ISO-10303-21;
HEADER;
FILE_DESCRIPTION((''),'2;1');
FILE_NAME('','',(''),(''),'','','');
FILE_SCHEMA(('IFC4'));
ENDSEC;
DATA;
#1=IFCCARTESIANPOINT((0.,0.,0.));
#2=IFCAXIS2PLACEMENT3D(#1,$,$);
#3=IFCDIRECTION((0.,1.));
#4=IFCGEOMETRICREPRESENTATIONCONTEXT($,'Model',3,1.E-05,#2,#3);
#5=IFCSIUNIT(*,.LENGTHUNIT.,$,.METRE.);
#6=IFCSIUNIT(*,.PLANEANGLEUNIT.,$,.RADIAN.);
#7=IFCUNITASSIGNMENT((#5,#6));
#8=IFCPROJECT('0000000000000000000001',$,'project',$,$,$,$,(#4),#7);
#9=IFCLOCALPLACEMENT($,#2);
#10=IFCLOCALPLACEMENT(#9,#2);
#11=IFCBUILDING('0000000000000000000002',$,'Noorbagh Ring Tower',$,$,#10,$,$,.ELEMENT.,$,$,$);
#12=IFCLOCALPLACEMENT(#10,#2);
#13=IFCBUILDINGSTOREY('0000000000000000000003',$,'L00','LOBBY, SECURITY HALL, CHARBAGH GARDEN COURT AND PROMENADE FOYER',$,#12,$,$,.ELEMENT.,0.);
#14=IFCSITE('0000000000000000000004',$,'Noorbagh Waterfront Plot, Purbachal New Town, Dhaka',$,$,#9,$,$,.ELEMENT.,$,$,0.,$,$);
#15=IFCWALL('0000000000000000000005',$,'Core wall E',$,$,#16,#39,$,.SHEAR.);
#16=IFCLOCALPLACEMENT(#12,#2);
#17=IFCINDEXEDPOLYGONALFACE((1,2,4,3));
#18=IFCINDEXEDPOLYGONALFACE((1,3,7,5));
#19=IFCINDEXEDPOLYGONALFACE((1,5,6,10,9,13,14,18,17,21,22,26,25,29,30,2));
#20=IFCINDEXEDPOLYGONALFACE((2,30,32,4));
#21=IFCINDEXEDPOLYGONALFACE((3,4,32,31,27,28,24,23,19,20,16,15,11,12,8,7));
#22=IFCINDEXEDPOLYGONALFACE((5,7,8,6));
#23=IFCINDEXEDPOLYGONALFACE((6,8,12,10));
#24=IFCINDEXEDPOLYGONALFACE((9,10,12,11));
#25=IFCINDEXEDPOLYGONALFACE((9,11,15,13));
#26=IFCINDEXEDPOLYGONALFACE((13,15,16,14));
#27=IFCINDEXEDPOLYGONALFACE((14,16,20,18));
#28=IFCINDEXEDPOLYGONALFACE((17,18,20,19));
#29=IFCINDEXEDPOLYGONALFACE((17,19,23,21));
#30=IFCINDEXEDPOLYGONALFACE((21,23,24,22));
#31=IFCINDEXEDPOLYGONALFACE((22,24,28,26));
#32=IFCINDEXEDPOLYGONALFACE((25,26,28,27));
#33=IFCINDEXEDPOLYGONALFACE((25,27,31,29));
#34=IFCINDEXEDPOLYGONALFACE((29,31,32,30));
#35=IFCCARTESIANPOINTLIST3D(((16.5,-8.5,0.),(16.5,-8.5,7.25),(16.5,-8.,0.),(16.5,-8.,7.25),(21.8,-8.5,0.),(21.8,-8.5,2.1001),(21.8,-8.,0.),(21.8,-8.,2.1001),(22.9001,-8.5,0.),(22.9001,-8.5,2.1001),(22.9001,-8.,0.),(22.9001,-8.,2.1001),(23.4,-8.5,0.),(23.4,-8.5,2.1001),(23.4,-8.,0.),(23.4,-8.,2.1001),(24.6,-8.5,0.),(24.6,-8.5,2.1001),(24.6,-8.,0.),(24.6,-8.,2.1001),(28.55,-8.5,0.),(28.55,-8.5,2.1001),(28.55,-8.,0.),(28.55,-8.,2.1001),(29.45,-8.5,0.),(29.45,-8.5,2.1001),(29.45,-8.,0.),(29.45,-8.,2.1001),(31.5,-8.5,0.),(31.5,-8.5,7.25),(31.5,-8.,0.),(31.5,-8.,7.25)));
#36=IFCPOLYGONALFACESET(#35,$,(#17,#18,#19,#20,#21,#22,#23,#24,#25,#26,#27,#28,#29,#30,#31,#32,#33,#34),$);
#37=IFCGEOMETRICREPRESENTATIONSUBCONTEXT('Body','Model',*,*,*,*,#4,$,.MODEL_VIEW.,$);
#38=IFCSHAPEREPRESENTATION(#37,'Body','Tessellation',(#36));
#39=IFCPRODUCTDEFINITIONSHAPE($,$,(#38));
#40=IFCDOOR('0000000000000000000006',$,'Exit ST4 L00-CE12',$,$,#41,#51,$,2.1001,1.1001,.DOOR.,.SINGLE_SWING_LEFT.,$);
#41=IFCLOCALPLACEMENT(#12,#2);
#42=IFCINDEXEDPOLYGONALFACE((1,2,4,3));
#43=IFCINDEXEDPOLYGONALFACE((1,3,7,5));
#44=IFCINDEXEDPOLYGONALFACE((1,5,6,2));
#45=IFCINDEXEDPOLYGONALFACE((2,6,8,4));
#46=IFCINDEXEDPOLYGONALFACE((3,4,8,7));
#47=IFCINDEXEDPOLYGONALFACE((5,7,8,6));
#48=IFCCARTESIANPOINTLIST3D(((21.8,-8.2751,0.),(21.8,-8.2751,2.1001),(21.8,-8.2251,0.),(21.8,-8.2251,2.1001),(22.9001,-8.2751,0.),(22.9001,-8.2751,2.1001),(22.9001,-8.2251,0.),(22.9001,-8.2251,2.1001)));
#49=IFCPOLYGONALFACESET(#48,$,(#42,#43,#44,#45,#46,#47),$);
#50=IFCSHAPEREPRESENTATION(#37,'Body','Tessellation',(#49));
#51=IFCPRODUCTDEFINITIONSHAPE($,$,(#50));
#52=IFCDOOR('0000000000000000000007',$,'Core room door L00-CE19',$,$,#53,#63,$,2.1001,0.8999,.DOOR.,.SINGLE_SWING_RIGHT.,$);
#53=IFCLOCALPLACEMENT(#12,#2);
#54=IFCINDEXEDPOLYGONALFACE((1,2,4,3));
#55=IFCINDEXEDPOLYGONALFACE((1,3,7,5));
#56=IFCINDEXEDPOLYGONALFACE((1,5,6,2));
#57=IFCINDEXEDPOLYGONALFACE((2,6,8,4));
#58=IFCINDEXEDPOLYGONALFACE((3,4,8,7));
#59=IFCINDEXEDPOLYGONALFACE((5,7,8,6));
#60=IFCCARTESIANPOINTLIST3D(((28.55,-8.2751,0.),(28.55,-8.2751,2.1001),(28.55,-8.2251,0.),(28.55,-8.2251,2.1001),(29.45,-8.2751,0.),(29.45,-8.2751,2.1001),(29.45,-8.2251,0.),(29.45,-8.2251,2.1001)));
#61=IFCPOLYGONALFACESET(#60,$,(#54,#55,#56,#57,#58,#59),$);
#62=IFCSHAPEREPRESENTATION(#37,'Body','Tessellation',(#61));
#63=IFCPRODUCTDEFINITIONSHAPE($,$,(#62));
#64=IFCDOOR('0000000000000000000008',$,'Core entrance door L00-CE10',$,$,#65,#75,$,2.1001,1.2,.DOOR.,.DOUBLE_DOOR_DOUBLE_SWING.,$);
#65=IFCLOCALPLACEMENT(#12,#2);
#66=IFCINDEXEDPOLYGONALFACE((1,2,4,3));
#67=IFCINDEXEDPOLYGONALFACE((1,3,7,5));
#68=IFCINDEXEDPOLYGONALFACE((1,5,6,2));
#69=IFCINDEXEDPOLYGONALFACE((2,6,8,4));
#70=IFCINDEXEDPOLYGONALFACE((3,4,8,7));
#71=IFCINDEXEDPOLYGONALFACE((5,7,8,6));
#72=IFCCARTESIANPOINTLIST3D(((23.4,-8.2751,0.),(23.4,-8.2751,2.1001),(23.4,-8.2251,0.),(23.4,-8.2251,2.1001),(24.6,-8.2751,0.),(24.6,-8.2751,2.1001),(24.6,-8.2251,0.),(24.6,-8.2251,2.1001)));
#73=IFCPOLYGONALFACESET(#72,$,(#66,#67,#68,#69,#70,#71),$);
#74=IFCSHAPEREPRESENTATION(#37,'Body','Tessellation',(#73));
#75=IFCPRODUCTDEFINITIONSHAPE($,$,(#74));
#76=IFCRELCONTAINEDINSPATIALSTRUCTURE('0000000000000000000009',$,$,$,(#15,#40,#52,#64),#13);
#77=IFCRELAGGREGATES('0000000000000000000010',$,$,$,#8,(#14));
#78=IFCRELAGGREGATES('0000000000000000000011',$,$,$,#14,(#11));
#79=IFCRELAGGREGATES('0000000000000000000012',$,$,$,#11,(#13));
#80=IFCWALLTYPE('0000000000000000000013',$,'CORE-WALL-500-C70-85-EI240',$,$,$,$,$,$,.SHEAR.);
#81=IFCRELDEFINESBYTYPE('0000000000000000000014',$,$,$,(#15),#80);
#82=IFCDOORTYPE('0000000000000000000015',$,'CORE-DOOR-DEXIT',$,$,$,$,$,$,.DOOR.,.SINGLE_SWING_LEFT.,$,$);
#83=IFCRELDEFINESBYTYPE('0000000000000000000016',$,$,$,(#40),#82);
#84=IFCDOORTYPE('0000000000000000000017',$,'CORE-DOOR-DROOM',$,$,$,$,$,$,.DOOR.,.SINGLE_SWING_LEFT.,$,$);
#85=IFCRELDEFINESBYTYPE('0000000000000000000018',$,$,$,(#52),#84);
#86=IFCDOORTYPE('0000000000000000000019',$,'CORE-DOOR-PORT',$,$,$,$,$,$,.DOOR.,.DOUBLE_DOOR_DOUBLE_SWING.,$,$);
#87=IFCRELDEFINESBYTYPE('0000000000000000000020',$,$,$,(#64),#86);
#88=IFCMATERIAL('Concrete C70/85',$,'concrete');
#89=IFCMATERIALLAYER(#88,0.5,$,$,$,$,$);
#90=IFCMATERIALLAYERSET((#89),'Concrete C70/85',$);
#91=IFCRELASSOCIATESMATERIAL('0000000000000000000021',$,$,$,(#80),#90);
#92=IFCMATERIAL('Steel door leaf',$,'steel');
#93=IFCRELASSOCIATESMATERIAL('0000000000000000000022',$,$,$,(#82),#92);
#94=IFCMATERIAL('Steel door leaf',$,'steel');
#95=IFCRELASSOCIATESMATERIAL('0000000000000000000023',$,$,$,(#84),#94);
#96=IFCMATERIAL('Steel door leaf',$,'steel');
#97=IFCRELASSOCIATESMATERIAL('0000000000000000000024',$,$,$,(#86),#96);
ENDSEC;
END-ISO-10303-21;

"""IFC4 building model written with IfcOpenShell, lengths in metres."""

from ifc_helpers import new_model, si_unit, direction, frame, frame_2d, origin, place, context, subcontext, project, spatial, rectangle, extrude, material, layer, layer_set, type_object, element, fill, save


model = new_model("IFC4")

# Units and contexts
model_context = context("Model", 3, precision=1e-05, world=origin(), true_north=direction((0.0, 1.0)))
body_context = subcontext(model_context, "Body", "Model", "MODEL_VIEW")
ifc_project = project(units=[si_unit("LENGTHUNIT", "METRE"), si_unit("PLANEANGLEUNIT", "RADIAN")], contexts=[model_context])

# Site, building, storey
site_placement = place(None, origin())
site = spatial("IfcSite", under=ifc_project, at=site_placement, Name="Noorbagh Waterfront Plot, Purbachal New Town, Dhaka", CompositionType="ELEMENT", RefElevation=0.0)
building_placement = place(site_placement, origin())
building = spatial("IfcBuilding", under=site, at=building_placement, Name="Noorbagh Ring Tower", CompositionType="ELEMENT")
storey_placement = place(building_placement, origin())
storey = spatial("IfcBuildingStorey", under=building, at=storey_placement, Name="L00", Description="LOBBY, SECURITY HALL, CHARBAGH GARDEN COURT AND PROMENADE FOYER", CompositionType="ELEMENT", Elevation=0.0)

# Wall, openings, doors
ifc_material_1 = material(Name="Concrete C70/85", Category="concrete")
ifc_layer_1 = layer(ifc_material_1, 0.5)
ifc_layer_set_1 = layer_set([ifc_layer_1], Name="Concrete C70/85")
wall_type_1 = type_object("IfcWallType", Name="CORE-WALL-500-C70-85-EI240", PredefinedType="SHEAR", material=ifc_layer_set_1)
wall_1_placement = place(storey_placement, frame((16.5, -8.25, 0.0), z_axis=(0.0, 0.0, 1.0), x_axis=(1.0, 0.0, 0.0)))
wall_1 = element("IfcWall", 1, at=wall_1_placement, inside=storey, type_object=wall_type_1, Name="Core wall E", PredefinedType="SHEAR", context=body_context, shape_type="SweptSolid", body=[
    extrude(rectangle(XDim=15.0, YDim=0.5, at=frame_2d((7.5, 0.0))), origin(), (0.0, 0.0, 1.0), 7.25),
])
opening_1_placement = place(wall_1_placement, frame((6.8999, 0.0, 0.0)))
opening_1 = element("IfcOpeningElement", 2, at=opening_1_placement, cuts=wall_1, PredefinedType="OPENING", context=body_context, shape_type="SweptSolid", body=[
    extrude(rectangle(XDim=1.2, YDim=2.1001, at=frame_2d((0.6001, 1.05))), frame((0.0, 0.26, 0.0), z_axis=(0.0, -1.0, 0.0), x_axis=(1.0, 0.0, 0.0)), (0.0, 0.0, 1.0), 0.52),
])
opening_2_placement = place(wall_1_placement, frame((5.3, 0.0, 0.0)))
opening_2 = element("IfcOpeningElement", 3, at=opening_2_placement, cuts=wall_1, PredefinedType="OPENING", context=body_context, shape_type="SweptSolid", body=[
    extrude(rectangle(XDim=1.1001, YDim=2.1001, at=frame_2d((0.55, 1.05))), frame((0.0, 0.26, 0.0), z_axis=(0.0, -1.0, 0.0), x_axis=(1.0, 0.0, 0.0)), (0.0, 0.0, 1.0), 0.52),
])
opening_3_placement = place(wall_1_placement, frame((12.05, 0.0, 0.0)))
opening_3 = element("IfcOpeningElement", 4, at=opening_3_placement, cuts=wall_1, PredefinedType="OPENING", context=body_context, shape_type="SweptSolid", body=[
    extrude(rectangle(XDim=0.8999, YDim=2.1001, at=frame_2d((0.45, 1.05))), frame((0.0, 0.26, 0.0), z_axis=(0.0, -1.0, 0.0), x_axis=(1.0, 0.0, 0.0)), (0.0, 0.0, 1.0), 0.52),
])
ifc_material_2 = material(Name="Steel door leaf", Category="steel")
door_type_1 = type_object("IfcDoorType", Name="CORE-DOOR-DEXIT", OperationType="SINGLE_SWING_LEFT", PredefinedType="DOOR", material=ifc_material_2)
door_1_placement = place(opening_2_placement, origin())
door_1 = element("IfcDoor", 5, at=door_1_placement, inside=storey, type_object=door_type_1, Name="Exit ST4 L00-CE12", OperationType="SINGLE_SWING_LEFT", OverallHeight=2.1001, OverallWidth=1.1001, PredefinedType="DOOR", context=body_context, shape_type="SweptSolid", body=[
    extrude(rectangle(XDim=1.1001, YDim=2.1001, at=frame_2d((0.55, 1.05))), frame((0.0, 0.0249, 0.0), z_axis=(0.0, -1.0, 0.0), x_axis=(1.0, 0.0, 0.0)), (0.0, 0.0, 1.0), 0.05),
])
fill(opening_2, door_1)
ifc_material_3 = material(Name="Steel door leaf", Category="steel")
door_type_2 = type_object("IfcDoorType", Name="CORE-DOOR-DROOM", OperationType="SINGLE_SWING_LEFT", PredefinedType="DOOR", material=ifc_material_3)
door_2_placement = place(opening_3_placement, origin())
door_2 = element("IfcDoor", 6, at=door_2_placement, inside=storey, type_object=door_type_2, Name="Core room door L00-CE19", OperationType="SINGLE_SWING_RIGHT", OverallHeight=2.1001, OverallWidth=0.8999, PredefinedType="DOOR", context=body_context, shape_type="SweptSolid", body=[
    extrude(rectangle(XDim=0.8999, YDim=2.1001, at=frame_2d((0.45, 1.05))), frame((0.0, 0.0249, 0.0), z_axis=(0.0, -1.0, 0.0), x_axis=(1.0, 0.0, 0.0)), (0.0, 0.0, 1.0), 0.05),
])
fill(opening_3, door_2)
ifc_material_4 = material(Name="Steel door leaf", Category="steel")
door_type_3 = type_object("IfcDoorType", Name="CORE-DOOR-PORT", OperationType="DOUBLE_DOOR_DOUBLE_SWING", PredefinedType="DOOR", material=ifc_material_4)
door_3_placement = place(opening_1_placement, origin())
door_3 = element("IfcDoor", 7, at=door_3_placement, inside=storey, type_object=door_type_3, Name="Core entrance door L00-CE10", OperationType="DOUBLE_DOOR_DOUBLE_SWING", OverallHeight=2.1001, OverallWidth=1.2, PredefinedType="DOOR", context=body_context, shape_type="SweptSolid", body=[
    extrude(rectangle(XDim=1.2, YDim=2.1001, at=frame_2d((0.6001, 1.05))), frame((0.0, 0.0249, 0.0), z_axis=(0.0, -1.0, 0.0), x_axis=(1.0, 0.0, 0.0)), (0.0, 0.0, 1.0), 0.05),
])
fill(opening_1, door_3)

save(model, "model.ifc")
